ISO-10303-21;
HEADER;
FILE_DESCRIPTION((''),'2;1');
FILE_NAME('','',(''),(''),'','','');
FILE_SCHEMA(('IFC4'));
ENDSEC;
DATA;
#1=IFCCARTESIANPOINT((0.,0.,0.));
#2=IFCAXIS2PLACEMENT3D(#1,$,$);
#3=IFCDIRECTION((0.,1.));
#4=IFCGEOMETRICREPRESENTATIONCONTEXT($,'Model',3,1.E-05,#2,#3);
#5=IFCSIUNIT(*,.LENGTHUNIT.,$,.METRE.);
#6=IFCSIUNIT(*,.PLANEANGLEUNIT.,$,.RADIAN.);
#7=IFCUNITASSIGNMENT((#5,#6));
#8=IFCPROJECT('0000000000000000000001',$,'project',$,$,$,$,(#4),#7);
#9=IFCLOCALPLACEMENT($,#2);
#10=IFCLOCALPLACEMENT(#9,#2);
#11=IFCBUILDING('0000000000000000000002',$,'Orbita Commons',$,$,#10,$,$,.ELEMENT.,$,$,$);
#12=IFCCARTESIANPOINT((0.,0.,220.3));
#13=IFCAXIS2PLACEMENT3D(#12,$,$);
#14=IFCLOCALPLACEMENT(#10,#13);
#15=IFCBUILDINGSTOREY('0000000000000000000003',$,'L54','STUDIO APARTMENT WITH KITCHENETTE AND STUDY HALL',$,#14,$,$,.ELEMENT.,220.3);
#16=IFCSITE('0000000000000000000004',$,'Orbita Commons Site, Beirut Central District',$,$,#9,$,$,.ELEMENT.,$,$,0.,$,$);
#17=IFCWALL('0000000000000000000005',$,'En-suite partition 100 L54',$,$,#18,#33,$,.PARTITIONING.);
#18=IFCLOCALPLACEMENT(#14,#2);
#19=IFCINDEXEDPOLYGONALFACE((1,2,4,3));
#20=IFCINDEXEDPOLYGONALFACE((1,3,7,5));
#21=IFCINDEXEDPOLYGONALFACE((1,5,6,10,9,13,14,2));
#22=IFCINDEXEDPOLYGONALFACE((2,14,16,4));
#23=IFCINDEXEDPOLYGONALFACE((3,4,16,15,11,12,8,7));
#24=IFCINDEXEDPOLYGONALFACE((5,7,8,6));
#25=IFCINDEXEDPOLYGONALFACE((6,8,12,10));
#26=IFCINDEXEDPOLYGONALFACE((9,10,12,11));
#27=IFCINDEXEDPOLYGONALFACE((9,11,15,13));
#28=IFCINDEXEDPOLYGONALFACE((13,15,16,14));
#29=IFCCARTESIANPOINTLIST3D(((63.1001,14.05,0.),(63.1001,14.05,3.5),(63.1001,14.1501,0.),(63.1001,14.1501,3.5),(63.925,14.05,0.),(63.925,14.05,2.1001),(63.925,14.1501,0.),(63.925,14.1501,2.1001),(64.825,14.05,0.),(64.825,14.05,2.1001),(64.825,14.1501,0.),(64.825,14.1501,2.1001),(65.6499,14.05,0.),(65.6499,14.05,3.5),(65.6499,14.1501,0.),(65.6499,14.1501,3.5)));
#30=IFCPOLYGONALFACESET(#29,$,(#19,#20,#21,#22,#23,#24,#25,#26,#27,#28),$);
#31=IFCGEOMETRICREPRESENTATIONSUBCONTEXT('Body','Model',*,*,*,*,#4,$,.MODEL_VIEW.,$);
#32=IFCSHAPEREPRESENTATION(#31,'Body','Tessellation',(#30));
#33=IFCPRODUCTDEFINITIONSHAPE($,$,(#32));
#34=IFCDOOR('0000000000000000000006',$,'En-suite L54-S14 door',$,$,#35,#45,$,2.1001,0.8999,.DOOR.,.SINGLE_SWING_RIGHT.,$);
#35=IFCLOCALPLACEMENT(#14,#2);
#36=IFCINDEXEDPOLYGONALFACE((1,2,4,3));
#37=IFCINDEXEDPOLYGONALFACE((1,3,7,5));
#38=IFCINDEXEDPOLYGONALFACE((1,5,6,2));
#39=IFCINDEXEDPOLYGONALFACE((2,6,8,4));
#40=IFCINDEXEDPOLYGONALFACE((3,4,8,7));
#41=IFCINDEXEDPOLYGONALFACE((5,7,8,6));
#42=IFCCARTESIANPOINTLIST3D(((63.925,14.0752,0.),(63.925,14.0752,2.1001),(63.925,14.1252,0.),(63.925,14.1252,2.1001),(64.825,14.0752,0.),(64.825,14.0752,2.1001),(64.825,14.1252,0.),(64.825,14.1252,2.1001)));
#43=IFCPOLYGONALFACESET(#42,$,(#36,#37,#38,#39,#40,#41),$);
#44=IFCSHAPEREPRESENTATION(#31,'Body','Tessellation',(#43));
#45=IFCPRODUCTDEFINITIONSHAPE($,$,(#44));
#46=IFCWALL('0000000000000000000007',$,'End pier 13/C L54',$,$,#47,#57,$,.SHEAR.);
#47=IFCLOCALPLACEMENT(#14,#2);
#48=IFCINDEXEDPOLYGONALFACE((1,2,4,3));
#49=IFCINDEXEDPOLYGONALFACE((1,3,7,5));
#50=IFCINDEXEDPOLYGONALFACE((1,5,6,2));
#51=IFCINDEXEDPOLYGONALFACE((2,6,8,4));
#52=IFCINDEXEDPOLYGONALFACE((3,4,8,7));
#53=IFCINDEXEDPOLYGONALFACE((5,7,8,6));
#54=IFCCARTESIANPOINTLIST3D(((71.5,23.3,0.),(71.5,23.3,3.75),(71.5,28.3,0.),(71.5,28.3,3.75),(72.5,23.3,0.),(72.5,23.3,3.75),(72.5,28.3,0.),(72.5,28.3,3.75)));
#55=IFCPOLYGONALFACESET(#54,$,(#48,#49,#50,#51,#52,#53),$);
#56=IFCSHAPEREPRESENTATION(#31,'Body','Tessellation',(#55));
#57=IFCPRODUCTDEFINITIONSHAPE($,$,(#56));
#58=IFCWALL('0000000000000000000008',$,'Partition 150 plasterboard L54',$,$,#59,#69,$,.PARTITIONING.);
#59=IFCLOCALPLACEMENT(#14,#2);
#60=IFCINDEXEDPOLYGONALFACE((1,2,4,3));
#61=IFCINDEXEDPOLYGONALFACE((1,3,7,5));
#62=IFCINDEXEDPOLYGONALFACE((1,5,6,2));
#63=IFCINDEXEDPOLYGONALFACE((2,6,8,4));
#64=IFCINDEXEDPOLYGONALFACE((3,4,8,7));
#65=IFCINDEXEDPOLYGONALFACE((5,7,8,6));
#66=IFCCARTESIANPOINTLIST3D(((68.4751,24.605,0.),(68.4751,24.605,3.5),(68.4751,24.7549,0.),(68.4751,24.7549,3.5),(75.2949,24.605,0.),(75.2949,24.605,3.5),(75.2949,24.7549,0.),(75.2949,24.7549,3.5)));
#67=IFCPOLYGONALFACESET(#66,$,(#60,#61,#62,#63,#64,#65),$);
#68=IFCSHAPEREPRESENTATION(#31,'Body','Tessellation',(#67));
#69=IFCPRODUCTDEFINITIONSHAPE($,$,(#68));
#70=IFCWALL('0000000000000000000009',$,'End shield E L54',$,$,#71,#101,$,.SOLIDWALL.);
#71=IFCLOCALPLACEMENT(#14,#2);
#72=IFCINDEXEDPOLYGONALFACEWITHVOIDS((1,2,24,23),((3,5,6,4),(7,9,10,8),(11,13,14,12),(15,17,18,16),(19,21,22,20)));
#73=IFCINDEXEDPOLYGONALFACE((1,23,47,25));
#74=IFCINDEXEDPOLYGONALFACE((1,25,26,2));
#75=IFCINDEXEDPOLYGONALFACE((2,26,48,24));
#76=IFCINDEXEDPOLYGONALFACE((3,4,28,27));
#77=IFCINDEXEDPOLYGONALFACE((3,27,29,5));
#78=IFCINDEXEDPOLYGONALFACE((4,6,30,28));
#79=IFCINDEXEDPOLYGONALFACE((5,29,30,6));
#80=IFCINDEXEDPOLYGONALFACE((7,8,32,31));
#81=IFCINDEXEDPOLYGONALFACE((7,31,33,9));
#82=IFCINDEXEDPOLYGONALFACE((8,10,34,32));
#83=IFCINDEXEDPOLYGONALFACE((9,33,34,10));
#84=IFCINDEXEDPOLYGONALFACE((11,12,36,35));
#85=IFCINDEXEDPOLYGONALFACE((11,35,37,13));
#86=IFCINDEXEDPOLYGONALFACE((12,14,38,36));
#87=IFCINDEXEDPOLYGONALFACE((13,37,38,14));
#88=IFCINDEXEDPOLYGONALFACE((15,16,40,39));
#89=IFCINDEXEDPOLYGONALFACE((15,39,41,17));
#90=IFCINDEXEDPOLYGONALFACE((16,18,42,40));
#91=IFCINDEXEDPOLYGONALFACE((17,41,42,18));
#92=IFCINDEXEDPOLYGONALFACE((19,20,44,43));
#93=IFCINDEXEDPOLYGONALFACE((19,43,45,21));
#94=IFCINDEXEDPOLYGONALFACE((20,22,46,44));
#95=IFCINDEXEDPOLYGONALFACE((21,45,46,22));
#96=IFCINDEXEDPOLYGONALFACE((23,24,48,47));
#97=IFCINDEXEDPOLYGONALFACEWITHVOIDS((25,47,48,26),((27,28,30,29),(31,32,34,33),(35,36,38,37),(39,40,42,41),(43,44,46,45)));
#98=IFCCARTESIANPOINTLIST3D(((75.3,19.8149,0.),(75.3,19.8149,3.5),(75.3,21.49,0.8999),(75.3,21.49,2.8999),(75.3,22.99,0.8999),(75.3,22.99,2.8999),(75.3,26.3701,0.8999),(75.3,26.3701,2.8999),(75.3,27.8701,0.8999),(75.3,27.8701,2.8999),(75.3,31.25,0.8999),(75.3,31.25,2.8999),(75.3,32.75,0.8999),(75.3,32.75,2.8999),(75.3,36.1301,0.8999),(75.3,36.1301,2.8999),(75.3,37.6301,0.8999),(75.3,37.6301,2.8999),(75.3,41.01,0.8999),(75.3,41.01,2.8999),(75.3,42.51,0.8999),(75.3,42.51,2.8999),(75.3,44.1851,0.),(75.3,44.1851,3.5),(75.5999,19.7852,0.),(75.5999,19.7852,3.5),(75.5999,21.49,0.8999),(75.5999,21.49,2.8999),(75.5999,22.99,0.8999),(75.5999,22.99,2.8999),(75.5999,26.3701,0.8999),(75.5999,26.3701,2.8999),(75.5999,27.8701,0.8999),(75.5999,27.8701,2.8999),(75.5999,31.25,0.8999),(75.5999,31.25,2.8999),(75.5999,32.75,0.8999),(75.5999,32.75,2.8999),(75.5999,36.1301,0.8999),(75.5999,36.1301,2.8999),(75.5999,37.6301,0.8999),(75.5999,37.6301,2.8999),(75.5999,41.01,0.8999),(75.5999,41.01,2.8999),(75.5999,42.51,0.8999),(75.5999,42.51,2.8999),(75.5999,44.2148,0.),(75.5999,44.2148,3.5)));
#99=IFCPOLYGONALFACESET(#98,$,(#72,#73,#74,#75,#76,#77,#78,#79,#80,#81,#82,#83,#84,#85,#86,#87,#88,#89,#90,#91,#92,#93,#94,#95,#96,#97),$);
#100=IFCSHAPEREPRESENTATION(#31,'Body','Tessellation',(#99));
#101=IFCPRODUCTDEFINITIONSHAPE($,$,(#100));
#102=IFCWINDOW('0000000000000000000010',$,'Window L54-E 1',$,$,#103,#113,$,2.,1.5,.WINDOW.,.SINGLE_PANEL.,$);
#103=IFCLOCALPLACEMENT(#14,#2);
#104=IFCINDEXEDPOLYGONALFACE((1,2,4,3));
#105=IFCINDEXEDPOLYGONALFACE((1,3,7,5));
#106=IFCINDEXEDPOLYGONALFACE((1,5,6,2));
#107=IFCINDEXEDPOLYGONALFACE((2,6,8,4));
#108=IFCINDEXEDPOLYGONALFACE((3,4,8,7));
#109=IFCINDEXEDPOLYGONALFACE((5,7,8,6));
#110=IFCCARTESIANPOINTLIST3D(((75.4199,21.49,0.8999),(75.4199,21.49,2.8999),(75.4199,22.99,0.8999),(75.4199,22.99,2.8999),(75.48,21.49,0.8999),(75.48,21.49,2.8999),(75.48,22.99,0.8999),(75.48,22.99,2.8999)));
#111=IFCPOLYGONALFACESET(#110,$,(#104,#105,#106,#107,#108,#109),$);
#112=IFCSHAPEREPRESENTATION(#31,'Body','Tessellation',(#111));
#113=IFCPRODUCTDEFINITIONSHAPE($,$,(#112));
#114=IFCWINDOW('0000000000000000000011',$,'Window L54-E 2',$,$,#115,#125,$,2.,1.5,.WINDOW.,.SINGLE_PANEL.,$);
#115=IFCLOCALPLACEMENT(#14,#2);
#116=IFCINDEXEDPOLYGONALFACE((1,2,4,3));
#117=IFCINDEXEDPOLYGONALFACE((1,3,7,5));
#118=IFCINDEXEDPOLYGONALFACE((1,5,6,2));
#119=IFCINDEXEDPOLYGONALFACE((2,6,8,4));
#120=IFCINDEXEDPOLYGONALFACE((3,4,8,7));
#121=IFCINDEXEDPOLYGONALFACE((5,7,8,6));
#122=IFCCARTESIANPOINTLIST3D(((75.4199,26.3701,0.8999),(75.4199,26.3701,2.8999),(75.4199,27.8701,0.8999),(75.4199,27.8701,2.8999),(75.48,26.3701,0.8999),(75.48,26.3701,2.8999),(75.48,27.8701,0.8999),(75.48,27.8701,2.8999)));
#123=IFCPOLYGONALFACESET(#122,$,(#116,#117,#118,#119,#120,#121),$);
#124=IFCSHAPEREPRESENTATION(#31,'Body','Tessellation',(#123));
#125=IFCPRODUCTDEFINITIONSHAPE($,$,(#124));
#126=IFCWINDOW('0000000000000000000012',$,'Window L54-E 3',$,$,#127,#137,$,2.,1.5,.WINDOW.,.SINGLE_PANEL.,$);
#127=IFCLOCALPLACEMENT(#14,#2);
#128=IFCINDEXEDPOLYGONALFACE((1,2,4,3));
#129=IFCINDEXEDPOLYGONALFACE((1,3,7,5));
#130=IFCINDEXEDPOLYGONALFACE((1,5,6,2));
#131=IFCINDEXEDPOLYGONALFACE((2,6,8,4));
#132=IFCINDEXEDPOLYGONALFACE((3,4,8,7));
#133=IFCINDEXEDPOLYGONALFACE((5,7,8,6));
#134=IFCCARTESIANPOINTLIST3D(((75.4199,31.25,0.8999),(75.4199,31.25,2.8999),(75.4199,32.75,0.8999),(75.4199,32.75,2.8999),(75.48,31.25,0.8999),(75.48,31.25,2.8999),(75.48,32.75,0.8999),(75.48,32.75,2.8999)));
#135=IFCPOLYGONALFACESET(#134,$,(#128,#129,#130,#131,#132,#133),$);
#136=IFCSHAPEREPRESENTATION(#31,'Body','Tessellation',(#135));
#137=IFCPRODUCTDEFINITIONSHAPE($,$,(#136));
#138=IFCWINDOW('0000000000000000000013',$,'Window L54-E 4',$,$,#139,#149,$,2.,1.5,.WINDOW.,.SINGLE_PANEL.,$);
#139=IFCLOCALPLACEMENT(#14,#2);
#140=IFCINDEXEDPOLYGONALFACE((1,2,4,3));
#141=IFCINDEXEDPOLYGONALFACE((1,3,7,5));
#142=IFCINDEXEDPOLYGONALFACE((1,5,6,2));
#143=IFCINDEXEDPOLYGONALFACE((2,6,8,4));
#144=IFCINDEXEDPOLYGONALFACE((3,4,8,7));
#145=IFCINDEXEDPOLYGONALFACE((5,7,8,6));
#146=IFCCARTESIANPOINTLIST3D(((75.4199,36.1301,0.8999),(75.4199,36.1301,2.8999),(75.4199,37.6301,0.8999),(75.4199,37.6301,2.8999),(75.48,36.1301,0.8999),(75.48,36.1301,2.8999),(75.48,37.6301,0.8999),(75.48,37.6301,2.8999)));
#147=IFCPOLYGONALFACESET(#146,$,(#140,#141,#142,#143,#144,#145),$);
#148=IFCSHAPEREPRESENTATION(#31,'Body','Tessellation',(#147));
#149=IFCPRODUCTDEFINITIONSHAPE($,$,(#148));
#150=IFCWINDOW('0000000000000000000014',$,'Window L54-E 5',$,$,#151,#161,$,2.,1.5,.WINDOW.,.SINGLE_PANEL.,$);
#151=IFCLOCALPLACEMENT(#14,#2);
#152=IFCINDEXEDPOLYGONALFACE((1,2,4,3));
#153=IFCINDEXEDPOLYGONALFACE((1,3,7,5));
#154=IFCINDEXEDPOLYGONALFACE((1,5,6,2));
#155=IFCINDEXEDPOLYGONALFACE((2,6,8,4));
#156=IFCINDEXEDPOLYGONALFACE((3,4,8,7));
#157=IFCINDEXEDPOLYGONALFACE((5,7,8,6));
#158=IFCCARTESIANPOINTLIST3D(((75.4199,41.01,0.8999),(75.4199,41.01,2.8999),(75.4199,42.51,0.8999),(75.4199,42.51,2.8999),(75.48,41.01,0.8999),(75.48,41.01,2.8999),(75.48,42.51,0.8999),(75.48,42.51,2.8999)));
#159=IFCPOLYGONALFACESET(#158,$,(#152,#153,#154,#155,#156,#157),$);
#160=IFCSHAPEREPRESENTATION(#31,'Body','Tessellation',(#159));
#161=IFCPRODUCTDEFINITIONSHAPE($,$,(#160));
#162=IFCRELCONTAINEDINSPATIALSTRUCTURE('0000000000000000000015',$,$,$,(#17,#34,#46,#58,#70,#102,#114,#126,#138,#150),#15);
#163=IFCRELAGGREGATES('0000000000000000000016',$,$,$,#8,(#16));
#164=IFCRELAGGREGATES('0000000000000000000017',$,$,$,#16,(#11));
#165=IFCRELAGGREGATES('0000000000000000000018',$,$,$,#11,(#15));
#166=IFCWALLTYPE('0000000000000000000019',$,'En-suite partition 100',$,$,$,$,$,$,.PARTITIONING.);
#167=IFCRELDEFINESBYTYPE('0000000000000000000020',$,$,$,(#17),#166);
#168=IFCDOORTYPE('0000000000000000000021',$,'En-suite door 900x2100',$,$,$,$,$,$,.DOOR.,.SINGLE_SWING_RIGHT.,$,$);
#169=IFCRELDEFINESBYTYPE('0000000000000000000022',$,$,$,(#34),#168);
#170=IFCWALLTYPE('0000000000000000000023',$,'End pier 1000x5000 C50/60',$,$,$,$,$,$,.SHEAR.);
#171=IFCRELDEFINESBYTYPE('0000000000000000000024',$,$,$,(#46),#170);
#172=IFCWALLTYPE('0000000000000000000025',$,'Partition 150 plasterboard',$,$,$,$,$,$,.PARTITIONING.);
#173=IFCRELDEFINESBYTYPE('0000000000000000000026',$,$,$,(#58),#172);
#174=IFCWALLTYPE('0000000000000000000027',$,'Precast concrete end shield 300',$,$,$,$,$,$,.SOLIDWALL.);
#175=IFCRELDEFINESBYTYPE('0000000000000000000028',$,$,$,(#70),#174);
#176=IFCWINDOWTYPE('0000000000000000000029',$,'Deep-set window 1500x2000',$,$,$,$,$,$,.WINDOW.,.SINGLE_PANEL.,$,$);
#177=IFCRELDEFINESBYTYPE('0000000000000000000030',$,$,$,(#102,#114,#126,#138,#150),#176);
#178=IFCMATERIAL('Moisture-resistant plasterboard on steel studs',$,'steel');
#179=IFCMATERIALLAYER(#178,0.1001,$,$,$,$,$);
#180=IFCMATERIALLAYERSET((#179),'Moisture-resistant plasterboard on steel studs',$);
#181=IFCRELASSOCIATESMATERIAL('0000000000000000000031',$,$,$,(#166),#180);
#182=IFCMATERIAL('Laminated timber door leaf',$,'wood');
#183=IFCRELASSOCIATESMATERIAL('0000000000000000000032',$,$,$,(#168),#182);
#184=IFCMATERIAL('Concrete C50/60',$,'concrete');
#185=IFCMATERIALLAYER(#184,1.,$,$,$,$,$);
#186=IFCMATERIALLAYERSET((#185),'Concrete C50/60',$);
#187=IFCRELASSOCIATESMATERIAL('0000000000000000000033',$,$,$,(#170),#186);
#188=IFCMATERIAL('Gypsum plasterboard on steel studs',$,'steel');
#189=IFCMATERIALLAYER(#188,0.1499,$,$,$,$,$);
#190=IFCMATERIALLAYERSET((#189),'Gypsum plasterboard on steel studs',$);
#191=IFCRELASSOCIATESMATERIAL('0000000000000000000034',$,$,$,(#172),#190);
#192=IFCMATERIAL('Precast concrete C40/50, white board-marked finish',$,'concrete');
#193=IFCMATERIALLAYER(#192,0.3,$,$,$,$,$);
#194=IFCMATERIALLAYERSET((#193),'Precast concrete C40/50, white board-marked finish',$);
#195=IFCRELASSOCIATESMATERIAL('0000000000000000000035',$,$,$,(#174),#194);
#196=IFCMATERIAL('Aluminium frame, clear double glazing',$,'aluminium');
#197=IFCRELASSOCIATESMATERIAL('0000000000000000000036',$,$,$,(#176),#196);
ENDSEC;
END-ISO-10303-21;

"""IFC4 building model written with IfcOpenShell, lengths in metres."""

from ifc_helpers import new_model, si_unit, direction, frame, frame_2d, origin, place, context, subcontext, project, spatial, polyline, rectangle, outline, extrude, material, layer, layer_set, type_object, element, fill, save


model = new_model("IFC4")

# Units and contexts
model_context = context("Model", 3, precision=1e-05, world=origin(), true_north=direction((0.0, 1.0)))
body_context = subcontext(model_context, "Body", "Model", "MODEL_VIEW")
ifc_project = project(units=[si_unit("LENGTHUNIT", "METRE"), si_unit("PLANEANGLEUNIT", "RADIAN")], contexts=[model_context])

# Site, building, storey
site_placement = place(None, origin())
site = spatial("IfcSite", under=ifc_project, at=site_placement, Name="Orbita Commons Site, Beirut Central District", CompositionType="ELEMENT", RefElevation=0.0)
building_placement = place(site_placement, origin())
building = spatial("IfcBuilding", under=site, at=building_placement, Name="Orbita Commons", CompositionType="ELEMENT")
storey_placement = place(building_placement, frame((0.0, 0.0, 220.3)))
storey = spatial("IfcBuildingStorey", under=building, at=storey_placement, Name="L54", Description="STUDIO APARTMENT WITH KITCHENETTE AND STUDY HALL", CompositionType="ELEMENT", Elevation=220.3)

# Wall, opening, door
ifc_material_1 = material(Name="Moisture-resistant plasterboard on steel studs", Category="steel")
ifc_layer_1 = layer(ifc_material_1, 0.1001)
ifc_layer_set_1 = layer_set([ifc_layer_1], Name="Moisture-resistant plasterboard on steel studs")
wall_type_1 = type_object("IfcWallType", Name="En-suite partition 100", PredefinedType="PARTITIONING", material=ifc_layer_set_1)
wall_1_placement = place(storey_placement, frame((65.6499, 14.1001, 0.0), z_axis=(0.0, 0.0, 1.0), x_axis=(-1.0, 0.0, 0.0)))
wall_1 = element("IfcWall", 1, at=wall_1_placement, inside=storey, type_object=wall_type_1, Name="En-suite partition 100 L54", PredefinedType="PARTITIONING", context=body_context, shape_type="SweptSolid", body=[
    extrude(rectangle(XDim=2.5498, YDim=0.1001, at=frame_2d((1.2749, 0.0))), origin(), (0.0, 0.0, 1.0), 3.5),
])
opening_1_placement = place(wall_1_placement, frame((0.825, 0.0, 0.0)))
opening_1 = element("IfcOpeningElement", 2, at=opening_1_placement, cuts=wall_1, PredefinedType="OPENING", context=body_context, shape_type="SweptSolid", body=[
    extrude(rectangle(XDim=0.8999, YDim=2.1001, at=frame_2d((0.45, 1.05))), frame((0.0, 0.0601, 0.0), z_axis=(0.0, -1.0, 0.0), x_axis=(1.0, 0.0, 0.0)), (0.0, 0.0, 1.0), 0.1201),
])
ifc_material_2 = material(Name="Laminated timber door leaf", Category="wood")
door_type_1 = type_object("IfcDoorType", Name="En-suite door 900x2100", OperationType="SINGLE_SWING_RIGHT", PredefinedType="DOOR", material=ifc_material_2)
door_1_placement = place(opening_1_placement, origin())
door_1 = element("IfcDoor", 3, at=door_1_placement, inside=storey, type_object=door_type_1, Name="En-suite L54-S14 door", OperationType="SINGLE_SWING_RIGHT", OverallHeight=2.1001, OverallWidth=0.8999, PredefinedType="DOOR", context=body_context, shape_type="SweptSolid", body=[
    extrude(rectangle(XDim=0.8999, YDim=2.1001, at=frame_2d((0.45, 1.05))), frame((0.0, 0.0249, 0.0), z_axis=(0.0, -1.0, 0.0), x_axis=(1.0, 0.0, 0.0)), (0.0, 0.0, 1.0), 0.05),
])
fill(opening_1, door_1)

# Walls
ifc_material_3 = material(Name="Concrete C50/60", Category="concrete")
ifc_layer_2 = layer(ifc_material_3, 1.0)
ifc_layer_set_2 = layer_set([ifc_layer_2], Name="Concrete C50/60")
wall_type_2 = type_object("IfcWallType", Name="End pier 1000x5000 C50/60", PredefinedType="SHEAR", material=ifc_layer_set_2)
wall_2_placement = place(storey_placement, frame((72.0, 23.3, 0.0), z_axis=(0.0, 0.0, 1.0), x_axis=(0.0, 1.0, 0.0)))
element("IfcWall", 4, at=wall_2_placement, inside=storey, type_object=wall_type_2, Name="End pier 13/C L54", PredefinedType="SHEAR", context=body_context, shape_type="SweptSolid", body=[
    extrude(rectangle(XDim=5.0, YDim=1.0, at=frame_2d((2.5, 0.0))), origin(), (0.0, 0.0, 1.0), 3.75),
])
ifc_material_4 = material(Name="Gypsum plasterboard on steel studs", Category="steel")
ifc_layer_3 = layer(ifc_material_4, 0.1499)
ifc_layer_set_3 = layer_set([ifc_layer_3], Name="Gypsum plasterboard on steel studs")
wall_type_3 = type_object("IfcWallType", Name="Partition 150 plasterboard", PredefinedType="PARTITIONING", material=ifc_layer_set_3)
wall_3_placement = place(storey_placement, frame((68.4751, 24.6799, 0.0), z_axis=(0.0, 0.0, 1.0), x_axis=(1.0, 0.0, 0.0)))
element("IfcWall", 5, at=wall_3_placement, inside=storey, type_object=wall_type_3, Name="Partition 150 plasterboard L54", PredefinedType="PARTITIONING", context=body_context, shape_type="SweptSolid", body=[
    extrude(rectangle(XDim=6.8198, YDim=0.1499, at=frame_2d((3.4099, 0.0))), origin(), (0.0, 0.0, 1.0), 3.5),
])

# Wall, openings, windows
ifc_material_5 = material(Name="Precast concrete C40/50, white board-marked finish", Category="concrete")
ifc_layer_4 = layer(ifc_material_5, 0.3)
ifc_layer_set_4 = layer_set([ifc_layer_4], Name="Precast concrete C40/50, white board-marked finish")
wall_type_4 = type_object("IfcWallType", Name="Precast concrete end shield 300", PredefinedType="SOLIDWALL", material=ifc_layer_set_4)
wall_4_placement = place(storey_placement, frame((75.45, 19.8, 0.0), z_axis=(0.0, 0.0, 1.0), x_axis=(0.0, 1.0, 0.0)))
wall_4 = element("IfcWall", 6, at=wall_4_placement, inside=storey, type_object=wall_type_4, Name="End shield E L54", PredefinedType="SOLIDWALL", context=body_context, shape_type="SweptSolid", body=[
    extrude(outline(polyline([(-0.0149, -0.1499), (24.4148, -0.1499), (24.385, 0.1499), (0.0149, 0.1499), (-0.0149, -0.1499)])), origin(), (0.0, 0.0, 1.0), 3.5),
])
opening_2_placement = place(wall_4_placement, frame((1.6899, 0.0, 0.8999)))
opening_2 = element("IfcOpeningElement", 7, at=opening_2_placement, cuts=wall_4, PredefinedType="OPENING", context=body_context, shape_type="SweptSolid", body=[
    extrude(rectangle(XDim=1.5, YDim=2.0, at=frame_2d((0.75, 1.0))), frame((0.0, 0.1599, 0.0), z_axis=(0.0, -1.0, 0.0), x_axis=(1.0, 0.0, 0.0)), (0.0, 0.0, 1.0), 0.3201),
])
opening_3_placement = place(wall_4_placement, frame((6.5701, 0.0, 0.8999)))
opening_3 = element("IfcOpeningElement", 8, at=opening_3_placement, cuts=wall_4, PredefinedType="OPENING", context=body_context, shape_type="SweptSolid", body=[
    extrude(rectangle(XDim=1.5, YDim=2.0, at=frame_2d((0.75, 1.0))), frame((0.0, 0.1599, 0.0), z_axis=(0.0, -1.0, 0.0), x_axis=(1.0, 0.0, 0.0)), (0.0, 0.0, 1.0), 0.3201),
])
opening_4_placement = place(wall_4_placement, frame((11.45, 0.0, 0.8999)))
opening_4 = element("IfcOpeningElement", 9, at=opening_4_placement, cuts=wall_4, PredefinedType="OPENING", context=body_context, shape_type="SweptSolid", body=[
    extrude(rectangle(XDim=1.5, YDim=2.0, at=frame_2d((0.75, 1.0))), frame((0.0, 0.1599, 0.0), z_axis=(0.0, -1.0, 0.0), x_axis=(1.0, 0.0, 0.0)), (0.0, 0.0, 1.0), 0.3201),
])
opening_5_placement = place(wall_4_placement, frame((16.3301, 0.0, 0.8999)))
opening_5 = element("IfcOpeningElement", 10, at=opening_5_placement, cuts=wall_4, PredefinedType="OPENING", context=body_context, shape_type="SweptSolid", body=[
    extrude(rectangle(XDim=1.5, YDim=2.0, at=frame_2d((0.75, 1.0))), frame((0.0, 0.1599, 0.0), z_axis=(0.0, -1.0, 0.0), x_axis=(1.0, 0.0, 0.0)), (0.0, 0.0, 1.0), 0.3201),
])
opening_6_placement = place(wall_4_placement, frame((21.21, 0.0, 0.8999)))
opening_6 = element("IfcOpeningElement", 11, at=opening_6_placement, cuts=wall_4, PredefinedType="OPENING", context=body_context, shape_type="SweptSolid", body=[
    extrude(rectangle(XDim=1.5, YDim=2.0, at=frame_2d((0.75, 1.0))), frame((0.0, 0.1599, 0.0), z_axis=(0.0, -1.0, 0.0), x_axis=(1.0, 0.0, 0.0)), (0.0, 0.0, 1.0), 0.3201),
])
ifc_material_6 = material(Name="Aluminium frame, clear double glazing", Category="aluminium")
window_type_1 = type_object("IfcWindowType", Name="Deep-set window 1500x2000", PartitioningType="SINGLE_PANEL", PredefinedType="WINDOW", material=ifc_material_6)
window_1_placement = place(opening_2_placement, origin())
window_1 = element("IfcWindow", 12, at=window_1_placement, inside=storey, type_object=window_type_1, Name="Window L54-E 1", OverallHeight=2.0, OverallWidth=1.5, PartitioningType="SINGLE_PANEL", PredefinedType="WINDOW", context=body_context, shape_type="SweptSolid", body=[
    extrude(rectangle(XDim=1.5, YDim=2.0, at=frame_2d((0.75, 1.0))), frame((0.0, 0.03, 0.0), z_axis=(0.0, -1.0, 0.0), x_axis=(1.0, 0.0, 0.0)), (0.0, 0.0, 1.0), 0.0601),
])
fill(opening_2, window_1)
window_2_placement = place(opening_3_placement, origin())
window_2 = element("IfcWindow", 13, at=window_2_placement, inside=storey, type_object=window_type_1, Name="Window L54-E 2", OverallHeight=2.0, OverallWidth=1.5, PartitioningType="SINGLE_PANEL", PredefinedType="WINDOW", context=body_context, shape_type="SweptSolid", body=[
    extrude(rectangle(XDim=1.5, YDim=2.0, at=frame_2d((0.75, 1.0))), frame((0.0, 0.03, 0.0), z_axis=(0.0, -1.0, 0.0), x_axis=(1.0, 0.0, 0.0)), (0.0, 0.0, 1.0), 0.0601),
])
fill(opening_3, window_2)
window_3_placement = place(opening_4_placement, origin())
window_3 = element("IfcWindow", 14, at=window_3_placement, inside=storey, type_object=window_type_1, Name="Window L54-E 3", OverallHeight=2.0, OverallWidth=1.5, PartitioningType="SINGLE_PANEL", PredefinedType="WINDOW", context=body_context, shape_type="SweptSolid", body=[
    extrude(rectangle(XDim=1.5, YDim=2.0, at=frame_2d((0.75, 1.0))), frame((0.0, 0.03, 0.0), z_axis=(0.0, -1.0, 0.0), x_axis=(1.0, 0.0, 0.0)), (0.0, 0.0, 1.0), 0.0601),
])
fill(opening_4, window_3)
window_4_placement = place(opening_5_placement, origin())
window_4 = element("IfcWindow", 15, at=window_4_placement, inside=storey, type_object=window_type_1, Name="Window L54-E 4", OverallHeight=2.0, OverallWidth=1.5, PartitioningType="SINGLE_PANEL", PredefinedType="WINDOW", context=body_context, shape_type="SweptSolid", body=[
    extrude(rectangle(XDim=1.5, YDim=2.0, at=frame_2d((0.75, 1.0))), frame((0.0, 0.03, 0.0), z_axis=(0.0, -1.0, 0.0), x_axis=(1.0, 0.0, 0.0)), (0.0, 0.0, 1.0), 0.0601),
])
fill(opening_5, window_4)
window_5_placement = place(opening_6_placement, origin())
window_5 = element("IfcWindow", 16, at=window_5_placement, inside=storey, type_object=window_type_1, Name="Window L54-E 5", OverallHeight=2.0, OverallWidth=1.5, PartitioningType="SINGLE_PANEL", PredefinedType="WINDOW", context=body_context, shape_type="SweptSolid", body=[
    extrude(rectangle(XDim=1.5, YDim=2.0, at=frame_2d((0.75, 1.0))), frame((0.0, 0.03, 0.0), z_axis=(0.0, -1.0, 0.0), x_axis=(1.0, 0.0, 0.0)), (0.0, 0.0, 1.0), 0.0601),
])
fill(opening_6, window_5)

save(model, "model.ifc")
